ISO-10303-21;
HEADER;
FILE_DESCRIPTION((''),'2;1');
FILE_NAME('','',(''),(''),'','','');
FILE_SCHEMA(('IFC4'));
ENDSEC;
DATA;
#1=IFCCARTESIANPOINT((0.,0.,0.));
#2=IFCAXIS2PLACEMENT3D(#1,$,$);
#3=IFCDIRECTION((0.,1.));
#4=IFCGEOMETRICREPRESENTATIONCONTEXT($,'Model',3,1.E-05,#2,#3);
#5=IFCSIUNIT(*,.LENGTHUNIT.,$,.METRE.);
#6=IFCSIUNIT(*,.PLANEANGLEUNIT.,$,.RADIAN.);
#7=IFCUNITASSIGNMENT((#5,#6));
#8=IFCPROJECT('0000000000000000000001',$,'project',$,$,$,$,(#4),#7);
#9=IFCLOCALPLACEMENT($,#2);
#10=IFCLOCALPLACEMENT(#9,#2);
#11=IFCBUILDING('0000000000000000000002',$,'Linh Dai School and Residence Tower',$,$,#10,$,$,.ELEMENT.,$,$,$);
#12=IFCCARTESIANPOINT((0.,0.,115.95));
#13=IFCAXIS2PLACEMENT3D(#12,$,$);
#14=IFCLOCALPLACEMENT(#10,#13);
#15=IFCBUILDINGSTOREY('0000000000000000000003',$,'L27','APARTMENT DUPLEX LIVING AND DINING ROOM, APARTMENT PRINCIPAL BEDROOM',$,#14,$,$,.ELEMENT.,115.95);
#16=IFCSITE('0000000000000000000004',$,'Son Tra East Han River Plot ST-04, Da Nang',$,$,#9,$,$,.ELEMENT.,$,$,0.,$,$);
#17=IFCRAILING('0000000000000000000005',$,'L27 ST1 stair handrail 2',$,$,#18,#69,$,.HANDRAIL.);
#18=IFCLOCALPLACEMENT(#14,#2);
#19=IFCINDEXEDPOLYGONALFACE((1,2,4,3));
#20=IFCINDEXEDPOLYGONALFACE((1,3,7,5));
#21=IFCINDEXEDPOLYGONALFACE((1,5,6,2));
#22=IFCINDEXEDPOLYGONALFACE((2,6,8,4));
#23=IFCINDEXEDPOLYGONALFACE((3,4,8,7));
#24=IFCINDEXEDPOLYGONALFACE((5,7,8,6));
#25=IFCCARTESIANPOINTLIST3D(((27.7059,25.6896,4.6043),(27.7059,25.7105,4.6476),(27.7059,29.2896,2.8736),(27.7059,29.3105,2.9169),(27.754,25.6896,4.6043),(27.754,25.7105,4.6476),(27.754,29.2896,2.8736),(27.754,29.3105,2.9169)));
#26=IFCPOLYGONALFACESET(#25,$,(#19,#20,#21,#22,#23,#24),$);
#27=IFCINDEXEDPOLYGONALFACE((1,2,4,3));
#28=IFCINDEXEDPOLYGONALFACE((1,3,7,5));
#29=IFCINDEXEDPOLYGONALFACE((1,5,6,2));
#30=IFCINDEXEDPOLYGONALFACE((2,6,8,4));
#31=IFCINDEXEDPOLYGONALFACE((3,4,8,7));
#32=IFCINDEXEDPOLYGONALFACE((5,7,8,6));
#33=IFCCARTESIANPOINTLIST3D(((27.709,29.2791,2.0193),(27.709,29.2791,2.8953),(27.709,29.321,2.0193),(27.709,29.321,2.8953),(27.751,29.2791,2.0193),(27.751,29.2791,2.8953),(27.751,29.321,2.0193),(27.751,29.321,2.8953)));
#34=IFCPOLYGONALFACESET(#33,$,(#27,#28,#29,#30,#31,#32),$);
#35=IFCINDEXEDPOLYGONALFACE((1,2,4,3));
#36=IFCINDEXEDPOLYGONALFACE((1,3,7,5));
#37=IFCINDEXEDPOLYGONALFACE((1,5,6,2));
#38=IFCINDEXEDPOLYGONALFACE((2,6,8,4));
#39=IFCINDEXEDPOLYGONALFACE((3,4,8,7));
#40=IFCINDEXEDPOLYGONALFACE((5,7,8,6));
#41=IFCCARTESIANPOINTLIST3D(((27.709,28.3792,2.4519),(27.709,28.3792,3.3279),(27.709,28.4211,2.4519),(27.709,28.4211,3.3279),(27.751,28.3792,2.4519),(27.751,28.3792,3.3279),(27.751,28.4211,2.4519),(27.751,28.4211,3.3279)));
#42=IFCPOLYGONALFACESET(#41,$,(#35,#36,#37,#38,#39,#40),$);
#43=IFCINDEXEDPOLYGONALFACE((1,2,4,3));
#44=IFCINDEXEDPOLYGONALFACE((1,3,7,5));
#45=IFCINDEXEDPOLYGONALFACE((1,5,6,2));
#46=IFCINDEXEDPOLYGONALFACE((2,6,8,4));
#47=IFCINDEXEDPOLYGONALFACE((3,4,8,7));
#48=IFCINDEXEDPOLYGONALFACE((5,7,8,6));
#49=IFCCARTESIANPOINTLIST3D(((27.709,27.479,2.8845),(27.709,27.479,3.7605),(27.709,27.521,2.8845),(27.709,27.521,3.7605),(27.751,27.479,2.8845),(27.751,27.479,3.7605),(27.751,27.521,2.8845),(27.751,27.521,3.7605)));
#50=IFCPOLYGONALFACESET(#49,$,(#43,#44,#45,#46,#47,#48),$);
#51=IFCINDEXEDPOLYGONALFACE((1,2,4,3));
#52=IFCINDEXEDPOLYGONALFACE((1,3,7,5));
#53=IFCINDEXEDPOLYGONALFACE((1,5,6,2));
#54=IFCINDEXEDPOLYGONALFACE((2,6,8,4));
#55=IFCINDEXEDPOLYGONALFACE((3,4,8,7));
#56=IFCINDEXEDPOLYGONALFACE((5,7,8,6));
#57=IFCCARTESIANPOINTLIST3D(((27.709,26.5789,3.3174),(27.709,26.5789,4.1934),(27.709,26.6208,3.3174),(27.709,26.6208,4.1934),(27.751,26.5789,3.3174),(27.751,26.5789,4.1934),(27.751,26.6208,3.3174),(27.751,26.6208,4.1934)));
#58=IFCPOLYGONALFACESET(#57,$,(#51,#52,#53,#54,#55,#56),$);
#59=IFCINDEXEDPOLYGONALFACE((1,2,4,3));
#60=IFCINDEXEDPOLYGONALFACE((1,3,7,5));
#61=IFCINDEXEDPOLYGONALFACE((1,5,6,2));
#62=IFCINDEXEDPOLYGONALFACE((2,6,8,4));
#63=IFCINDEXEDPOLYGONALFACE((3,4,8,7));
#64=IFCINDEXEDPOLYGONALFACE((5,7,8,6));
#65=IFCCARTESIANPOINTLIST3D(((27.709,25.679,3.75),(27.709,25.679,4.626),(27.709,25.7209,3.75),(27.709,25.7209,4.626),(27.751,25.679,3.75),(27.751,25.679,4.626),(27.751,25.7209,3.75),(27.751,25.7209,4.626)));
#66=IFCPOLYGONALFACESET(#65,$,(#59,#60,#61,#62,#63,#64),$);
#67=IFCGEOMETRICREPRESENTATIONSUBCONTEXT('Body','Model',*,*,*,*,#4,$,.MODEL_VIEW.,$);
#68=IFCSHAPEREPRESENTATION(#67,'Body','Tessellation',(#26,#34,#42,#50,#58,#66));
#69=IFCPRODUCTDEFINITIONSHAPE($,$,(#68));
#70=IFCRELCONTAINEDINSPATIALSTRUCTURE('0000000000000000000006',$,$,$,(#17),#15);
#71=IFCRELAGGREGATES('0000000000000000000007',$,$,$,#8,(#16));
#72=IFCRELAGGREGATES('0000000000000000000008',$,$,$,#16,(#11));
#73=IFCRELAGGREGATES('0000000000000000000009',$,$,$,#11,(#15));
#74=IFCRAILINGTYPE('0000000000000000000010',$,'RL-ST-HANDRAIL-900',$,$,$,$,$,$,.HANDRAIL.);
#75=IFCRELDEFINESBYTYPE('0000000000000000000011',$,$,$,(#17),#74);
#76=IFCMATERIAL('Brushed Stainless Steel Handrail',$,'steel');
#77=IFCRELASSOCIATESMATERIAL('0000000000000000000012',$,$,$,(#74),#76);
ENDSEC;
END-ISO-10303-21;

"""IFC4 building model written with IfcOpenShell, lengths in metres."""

from ifc_helpers import new_model, si_unit, direction, frame, origin, origin_2d, place, context, subcontext, project, spatial, rectangle, extrude, source, transform, mapped, material, type_object, element, save


model = new_model("IFC4")

# Units and contexts
model_context = context("Model", 3, precision=1e-05, world=origin(), true_north=direction((0.0, 1.0)))
body_context = subcontext(model_context, "Body", "Model", "MODEL_VIEW")
ifc_project = project(units=[si_unit("LENGTHUNIT", "METRE"), si_unit("PLANEANGLEUNIT", "RADIAN")], contexts=[model_context])

# Site, building, storey
site_placement = place(None, origin())
site = spatial("IfcSite", under=ifc_project, at=site_placement, Name="Son Tra East Han River Plot ST-04, Da Nang", CompositionType="ELEMENT", RefElevation=0.0)
building_placement = place(site_placement, origin())
building = spatial("IfcBuilding", under=site, at=building_placement, Name="Linh Dai School and Residence Tower", CompositionType="ELEMENT")
storey_placement = place(building_placement, frame((0.0, 0.0, 115.95)))
storey = spatial("IfcBuildingStorey", under=building, at=storey_placement, Name="L27", Description="APARTMENT DUPLEX LIVING AND DINING ROOM, APARTMENT PRINCIPAL BEDROOM", CompositionType="ELEMENT", Elevation=115.95)

# Railing
ifc_material_1 = material(Name="Brushed Stainless Steel Handrail", Category="steel")
railing_type_1 = type_object("IfcRailingType", Name="RL-ST-HANDRAIL-900", PredefinedType="HANDRAIL", material=ifc_material_1)
shared_shape_1 = source(origin(), body_context, "Body", "SweptSolid", [
    extrude(rectangle(XDim=0.0481, YDim=0.0481, at=origin_2d()), frame((0.0, 0.0, 0.876), z_axis=(0.0, -0.901263, 0.433273), x_axis=(1.0, 0.0, 0.0)), (0.0, 0.0, 1.0), 3.9944),
    extrude(rectangle(XDim=0.042, YDim=0.042, at=origin_2d()), origin(), (0.0, 0.0, 1.0), 0.876),
    extrude(rectangle(XDim=0.042, YDim=0.042, at=origin_2d()), frame((0.0, -0.8999, 0.4326)), (0.0, 0.0, 1.0), 0.876),
    extrude(rectangle(XDim=0.042, YDim=0.042, at=origin_2d()), frame((0.0, -1.8, 0.8652)), (0.0, 0.0, 1.0), 0.876),
    extrude(rectangle(XDim=0.042, YDim=0.042, at=origin_2d()), frame((0.0, -2.7002, 1.2981)), (0.0, 0.0, 1.0), 0.876),
    extrude(rectangle(XDim=0.042, YDim=0.042, at=origin_2d()), frame((0.0, -3.6001, 1.7307)), (0.0, 0.0, 1.0), 0.876),
])
railing_1_placement = place(storey_placement, frame((27.73, 29.3, 2.0193)))
element("IfcRailing", 1, at=railing_1_placement, inside=storey, type_object=railing_type_1, Name="L27 ST1 stair handrail 2", PredefinedType="HANDRAIL", context=body_context, shape_type="MappedRepresentation", body=[
    mapped(shared_shape_1, transform((0.0, 0.0, 0.0), x_axis=(1.0, 0.0, 0.0), y_axis=(0.0, 1.0, 0.0), z_axis=(0.0, 0.0, 1.0), scale=1.0)),
])

save(model, "model.ifc")
